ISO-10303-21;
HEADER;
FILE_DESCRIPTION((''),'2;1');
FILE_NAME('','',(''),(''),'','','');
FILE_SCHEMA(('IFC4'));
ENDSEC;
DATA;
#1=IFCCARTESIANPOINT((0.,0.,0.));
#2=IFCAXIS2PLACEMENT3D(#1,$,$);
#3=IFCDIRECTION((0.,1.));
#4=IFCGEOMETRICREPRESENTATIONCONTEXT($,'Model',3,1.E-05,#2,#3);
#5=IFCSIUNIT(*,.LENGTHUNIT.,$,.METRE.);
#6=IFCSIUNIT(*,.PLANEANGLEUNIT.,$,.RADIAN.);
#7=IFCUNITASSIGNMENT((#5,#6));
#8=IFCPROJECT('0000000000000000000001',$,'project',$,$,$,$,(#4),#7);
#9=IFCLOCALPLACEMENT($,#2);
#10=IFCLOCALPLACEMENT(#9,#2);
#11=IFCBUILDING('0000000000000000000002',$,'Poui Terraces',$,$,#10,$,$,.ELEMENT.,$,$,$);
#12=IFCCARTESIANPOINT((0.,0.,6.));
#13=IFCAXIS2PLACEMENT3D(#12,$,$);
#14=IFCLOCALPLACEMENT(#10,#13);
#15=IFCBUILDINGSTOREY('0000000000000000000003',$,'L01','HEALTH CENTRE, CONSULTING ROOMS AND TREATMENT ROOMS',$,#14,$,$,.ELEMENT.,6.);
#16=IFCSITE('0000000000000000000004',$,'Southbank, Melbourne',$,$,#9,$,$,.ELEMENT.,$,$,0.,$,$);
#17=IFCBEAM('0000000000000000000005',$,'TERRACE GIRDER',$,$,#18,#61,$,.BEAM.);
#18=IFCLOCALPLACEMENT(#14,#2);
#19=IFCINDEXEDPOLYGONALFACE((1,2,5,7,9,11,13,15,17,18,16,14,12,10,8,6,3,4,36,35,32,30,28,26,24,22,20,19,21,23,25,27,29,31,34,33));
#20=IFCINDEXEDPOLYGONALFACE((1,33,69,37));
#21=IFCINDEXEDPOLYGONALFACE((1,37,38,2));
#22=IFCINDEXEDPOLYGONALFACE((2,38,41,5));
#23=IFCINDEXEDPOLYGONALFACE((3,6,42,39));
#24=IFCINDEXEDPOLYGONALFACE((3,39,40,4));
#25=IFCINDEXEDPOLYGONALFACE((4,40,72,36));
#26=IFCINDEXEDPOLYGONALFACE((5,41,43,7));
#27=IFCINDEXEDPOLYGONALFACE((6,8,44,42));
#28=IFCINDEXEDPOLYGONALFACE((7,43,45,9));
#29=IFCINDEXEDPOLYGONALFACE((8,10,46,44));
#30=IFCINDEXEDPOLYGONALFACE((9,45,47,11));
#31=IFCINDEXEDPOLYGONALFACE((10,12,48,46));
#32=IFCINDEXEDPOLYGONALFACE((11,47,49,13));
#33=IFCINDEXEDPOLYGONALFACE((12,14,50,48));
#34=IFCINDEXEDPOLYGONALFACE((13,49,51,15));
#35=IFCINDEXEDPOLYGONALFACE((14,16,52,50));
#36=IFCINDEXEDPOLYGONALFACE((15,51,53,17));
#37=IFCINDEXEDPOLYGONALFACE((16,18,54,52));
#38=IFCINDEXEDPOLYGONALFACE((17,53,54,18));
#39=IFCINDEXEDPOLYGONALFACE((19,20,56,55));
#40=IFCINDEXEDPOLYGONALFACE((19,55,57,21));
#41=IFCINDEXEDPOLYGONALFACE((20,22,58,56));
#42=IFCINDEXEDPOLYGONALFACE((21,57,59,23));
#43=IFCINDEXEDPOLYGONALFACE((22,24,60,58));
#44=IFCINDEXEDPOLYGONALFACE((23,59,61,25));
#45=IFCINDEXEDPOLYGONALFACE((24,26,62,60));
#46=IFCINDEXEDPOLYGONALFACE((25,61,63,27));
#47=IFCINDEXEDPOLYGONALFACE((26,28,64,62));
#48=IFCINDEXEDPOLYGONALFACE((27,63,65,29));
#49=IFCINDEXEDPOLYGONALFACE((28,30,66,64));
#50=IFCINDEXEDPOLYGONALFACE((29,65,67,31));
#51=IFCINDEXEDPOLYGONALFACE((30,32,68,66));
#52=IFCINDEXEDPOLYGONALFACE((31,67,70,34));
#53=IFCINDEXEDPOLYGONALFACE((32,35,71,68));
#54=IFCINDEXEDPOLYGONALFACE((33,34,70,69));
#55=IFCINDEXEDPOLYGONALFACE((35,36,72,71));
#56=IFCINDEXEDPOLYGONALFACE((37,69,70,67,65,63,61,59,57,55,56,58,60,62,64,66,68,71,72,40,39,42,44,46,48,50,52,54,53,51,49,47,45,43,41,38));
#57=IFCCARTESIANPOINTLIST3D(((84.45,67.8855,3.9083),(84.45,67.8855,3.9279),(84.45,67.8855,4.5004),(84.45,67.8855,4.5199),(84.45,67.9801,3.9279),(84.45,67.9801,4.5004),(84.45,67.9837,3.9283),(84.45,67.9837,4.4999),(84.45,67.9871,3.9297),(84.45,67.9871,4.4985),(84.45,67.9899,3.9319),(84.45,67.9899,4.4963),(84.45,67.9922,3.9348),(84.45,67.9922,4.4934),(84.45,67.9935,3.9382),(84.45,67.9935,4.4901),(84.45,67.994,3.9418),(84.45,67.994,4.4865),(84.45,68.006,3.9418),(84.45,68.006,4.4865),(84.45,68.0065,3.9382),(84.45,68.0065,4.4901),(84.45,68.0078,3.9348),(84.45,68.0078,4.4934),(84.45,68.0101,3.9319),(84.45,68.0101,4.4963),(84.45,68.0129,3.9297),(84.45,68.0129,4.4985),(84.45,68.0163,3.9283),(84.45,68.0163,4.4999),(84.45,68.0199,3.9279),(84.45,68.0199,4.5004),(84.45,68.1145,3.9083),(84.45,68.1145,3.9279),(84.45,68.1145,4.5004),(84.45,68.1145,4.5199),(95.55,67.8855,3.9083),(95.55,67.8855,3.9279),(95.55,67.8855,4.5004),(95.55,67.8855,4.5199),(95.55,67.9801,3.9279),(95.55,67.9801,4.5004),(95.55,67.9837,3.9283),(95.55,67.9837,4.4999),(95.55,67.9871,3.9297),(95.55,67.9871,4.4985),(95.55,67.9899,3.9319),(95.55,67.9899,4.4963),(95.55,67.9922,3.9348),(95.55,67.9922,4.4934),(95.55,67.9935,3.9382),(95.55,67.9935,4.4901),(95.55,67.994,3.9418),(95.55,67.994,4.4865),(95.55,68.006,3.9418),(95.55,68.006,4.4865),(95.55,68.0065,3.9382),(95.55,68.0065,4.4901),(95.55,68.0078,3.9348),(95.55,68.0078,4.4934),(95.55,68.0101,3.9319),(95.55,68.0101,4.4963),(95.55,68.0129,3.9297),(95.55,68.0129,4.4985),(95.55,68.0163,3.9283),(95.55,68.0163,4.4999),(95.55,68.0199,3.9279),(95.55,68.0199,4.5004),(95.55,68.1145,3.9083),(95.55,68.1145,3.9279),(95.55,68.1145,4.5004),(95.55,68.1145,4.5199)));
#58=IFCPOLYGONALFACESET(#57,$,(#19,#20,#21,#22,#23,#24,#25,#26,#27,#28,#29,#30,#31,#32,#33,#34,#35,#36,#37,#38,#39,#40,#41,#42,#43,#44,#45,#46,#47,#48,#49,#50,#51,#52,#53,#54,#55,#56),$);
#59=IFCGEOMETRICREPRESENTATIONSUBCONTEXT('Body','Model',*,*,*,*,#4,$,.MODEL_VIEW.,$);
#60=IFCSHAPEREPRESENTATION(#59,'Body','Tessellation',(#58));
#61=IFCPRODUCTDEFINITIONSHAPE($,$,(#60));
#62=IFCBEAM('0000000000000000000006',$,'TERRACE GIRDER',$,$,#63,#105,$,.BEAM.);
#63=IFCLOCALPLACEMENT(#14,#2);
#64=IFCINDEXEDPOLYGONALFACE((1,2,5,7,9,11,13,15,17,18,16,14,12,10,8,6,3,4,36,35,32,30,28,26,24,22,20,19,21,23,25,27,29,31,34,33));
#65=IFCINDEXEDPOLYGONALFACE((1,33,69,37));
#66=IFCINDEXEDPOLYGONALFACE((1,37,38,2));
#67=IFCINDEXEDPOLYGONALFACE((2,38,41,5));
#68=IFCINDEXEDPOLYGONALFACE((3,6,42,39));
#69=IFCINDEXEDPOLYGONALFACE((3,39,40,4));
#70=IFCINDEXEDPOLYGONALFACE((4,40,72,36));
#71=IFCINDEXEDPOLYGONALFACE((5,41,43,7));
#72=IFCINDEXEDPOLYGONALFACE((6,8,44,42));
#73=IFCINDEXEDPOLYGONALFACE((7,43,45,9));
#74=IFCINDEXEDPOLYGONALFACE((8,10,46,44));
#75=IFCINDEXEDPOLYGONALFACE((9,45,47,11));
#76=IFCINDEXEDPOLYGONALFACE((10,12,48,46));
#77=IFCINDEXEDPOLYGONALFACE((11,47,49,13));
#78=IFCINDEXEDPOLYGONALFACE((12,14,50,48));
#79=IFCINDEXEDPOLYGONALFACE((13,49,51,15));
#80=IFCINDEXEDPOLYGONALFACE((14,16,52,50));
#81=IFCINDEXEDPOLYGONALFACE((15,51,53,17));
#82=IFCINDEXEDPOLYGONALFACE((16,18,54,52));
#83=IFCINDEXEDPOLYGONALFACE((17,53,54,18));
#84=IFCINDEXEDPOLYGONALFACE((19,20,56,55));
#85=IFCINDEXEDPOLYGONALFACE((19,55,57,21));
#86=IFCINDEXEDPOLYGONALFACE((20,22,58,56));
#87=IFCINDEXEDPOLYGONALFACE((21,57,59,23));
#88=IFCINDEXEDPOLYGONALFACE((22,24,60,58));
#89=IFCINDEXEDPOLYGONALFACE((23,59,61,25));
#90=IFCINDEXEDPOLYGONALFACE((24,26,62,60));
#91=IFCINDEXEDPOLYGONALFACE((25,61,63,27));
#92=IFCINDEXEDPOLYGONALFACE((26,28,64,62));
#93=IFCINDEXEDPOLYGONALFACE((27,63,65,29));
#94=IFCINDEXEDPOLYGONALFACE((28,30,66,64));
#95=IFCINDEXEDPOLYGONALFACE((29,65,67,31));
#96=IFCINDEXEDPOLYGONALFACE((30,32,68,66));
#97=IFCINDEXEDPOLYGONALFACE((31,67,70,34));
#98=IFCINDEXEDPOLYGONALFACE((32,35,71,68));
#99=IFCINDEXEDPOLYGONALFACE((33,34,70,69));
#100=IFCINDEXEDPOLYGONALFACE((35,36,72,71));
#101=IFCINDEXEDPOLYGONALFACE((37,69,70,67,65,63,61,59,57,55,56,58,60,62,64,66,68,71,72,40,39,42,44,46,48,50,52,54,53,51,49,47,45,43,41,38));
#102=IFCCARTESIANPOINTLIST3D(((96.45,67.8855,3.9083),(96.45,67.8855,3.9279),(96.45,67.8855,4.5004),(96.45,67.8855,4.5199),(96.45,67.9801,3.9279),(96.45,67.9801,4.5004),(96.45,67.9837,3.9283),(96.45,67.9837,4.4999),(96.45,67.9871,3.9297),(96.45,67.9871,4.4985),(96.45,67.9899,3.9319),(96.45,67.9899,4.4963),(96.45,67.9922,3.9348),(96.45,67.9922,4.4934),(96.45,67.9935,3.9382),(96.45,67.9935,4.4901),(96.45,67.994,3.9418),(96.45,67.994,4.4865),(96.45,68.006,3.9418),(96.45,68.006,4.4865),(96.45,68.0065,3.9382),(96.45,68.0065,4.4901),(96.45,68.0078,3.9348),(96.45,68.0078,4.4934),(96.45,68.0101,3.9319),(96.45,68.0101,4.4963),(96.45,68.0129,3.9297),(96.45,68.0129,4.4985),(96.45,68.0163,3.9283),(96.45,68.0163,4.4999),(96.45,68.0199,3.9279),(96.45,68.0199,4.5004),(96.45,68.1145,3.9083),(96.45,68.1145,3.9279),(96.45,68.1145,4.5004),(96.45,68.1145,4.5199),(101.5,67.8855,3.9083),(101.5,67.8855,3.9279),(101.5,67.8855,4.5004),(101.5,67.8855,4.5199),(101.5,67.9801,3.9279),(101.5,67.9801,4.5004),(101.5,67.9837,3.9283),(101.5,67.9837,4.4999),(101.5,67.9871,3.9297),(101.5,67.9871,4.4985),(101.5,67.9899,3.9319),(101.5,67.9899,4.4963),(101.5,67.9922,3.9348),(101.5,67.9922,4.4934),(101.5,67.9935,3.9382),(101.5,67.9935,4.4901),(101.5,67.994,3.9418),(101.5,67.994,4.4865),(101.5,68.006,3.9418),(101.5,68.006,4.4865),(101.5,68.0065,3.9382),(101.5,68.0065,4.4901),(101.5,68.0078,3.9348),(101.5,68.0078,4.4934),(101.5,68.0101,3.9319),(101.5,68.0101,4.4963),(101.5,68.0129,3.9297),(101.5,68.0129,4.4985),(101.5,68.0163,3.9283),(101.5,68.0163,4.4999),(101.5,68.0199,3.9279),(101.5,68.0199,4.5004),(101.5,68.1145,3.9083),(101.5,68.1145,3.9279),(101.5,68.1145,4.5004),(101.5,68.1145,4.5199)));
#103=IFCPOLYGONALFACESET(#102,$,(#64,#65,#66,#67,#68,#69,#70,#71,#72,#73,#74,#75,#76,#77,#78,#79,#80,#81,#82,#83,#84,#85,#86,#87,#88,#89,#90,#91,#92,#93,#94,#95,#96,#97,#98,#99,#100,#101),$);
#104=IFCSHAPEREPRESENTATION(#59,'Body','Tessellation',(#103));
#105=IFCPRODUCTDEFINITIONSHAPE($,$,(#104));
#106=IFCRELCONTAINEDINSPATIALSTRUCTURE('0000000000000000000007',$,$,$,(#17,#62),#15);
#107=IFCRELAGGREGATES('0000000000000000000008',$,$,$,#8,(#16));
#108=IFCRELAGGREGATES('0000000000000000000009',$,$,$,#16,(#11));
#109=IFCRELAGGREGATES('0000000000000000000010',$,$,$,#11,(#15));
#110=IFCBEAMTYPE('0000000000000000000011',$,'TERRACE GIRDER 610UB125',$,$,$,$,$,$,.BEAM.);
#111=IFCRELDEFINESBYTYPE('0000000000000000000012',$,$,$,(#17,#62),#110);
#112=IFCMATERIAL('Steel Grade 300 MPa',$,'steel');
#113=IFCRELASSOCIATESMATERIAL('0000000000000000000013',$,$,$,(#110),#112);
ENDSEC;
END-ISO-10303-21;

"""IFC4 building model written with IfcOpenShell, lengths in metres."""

from ifc_helpers import new_model, si_unit, direction, frame, origin, origin_2d, place, context, subcontext, project, spatial, i_section, extrude, source, transform, mapped, material, material_profile, profile_set, type_object, element, save


model = new_model("IFC4")

# Units and contexts
model_context = context("Model", 3, precision=1e-05, world=origin(), true_north=direction((0.0, 1.0)))
body_context = subcontext(model_context, "Body", "Model", "MODEL_VIEW")
ifc_project = project(units=[si_unit("LENGTHUNIT", "METRE"), si_unit("PLANEANGLEUNIT", "RADIAN")], contexts=[model_context])

# Site, building, storey
site_placement = place(None, origin())
site = spatial("IfcSite", under=ifc_project, at=site_placement, Name="Southbank, Melbourne", CompositionType="ELEMENT", RefElevation=0.0)
building_placement = place(site_placement, origin())
building = spatial("IfcBuilding", under=site, at=building_placement, Name="Poui Terraces", CompositionType="ELEMENT")
storey_placement = place(building_placement, frame((0.0, 0.0, 6.0)))
storey = spatial("IfcBuildingStorey", under=building, at=storey_placement, Name="L01", Description="HEALTH CENTRE, CONSULTING ROOMS AND TREATMENT ROOMS", CompositionType="ELEMENT", Elevation=6.0)

# Beams
ifc_material_1 = material(Name="Steel Grade 300 MPa", Category="steel")
ifc_material_profile_1 = material_profile(ifc_material_1, i_section(OverallWidth=0.229, OverallDepth=0.6116, WebThickness=0.012, FlangeThickness=0.0195, FilletRadius=0.0139, at=origin_2d()), Name="610UB125")
ifc_profile_set_1 = profile_set([ifc_material_profile_1], Name="Steel Grade 300 MPa")
beam_type_1 = type_object("IfcBeamType", Name="TERRACE GIRDER 610UB125", PredefinedType="BEAM", material=ifc_profile_set_1)
shared_shape_1 = source(origin(), body_context, "Body", "SweptSolid", [
    extrude(i_section(OverallWidth=0.229, OverallDepth=0.6116, WebThickness=0.012, FlangeThickness=0.0195, FilletRadius=0.0139, at=origin_2d()), origin(), (0.0, 0.0, 1.0), 11.1001),
])
beam_1_placement = place(storey_placement, frame((84.45, 68.0, 4.2141), z_axis=(1.0, 0.0, 0.0), x_axis=(0.0, 1.0, 0.0)))
element("IfcBeam", 1, at=beam_1_placement, inside=storey, type_object=beam_type_1, Name="TERRACE GIRDER", PredefinedType="BEAM", context=body_context, shape_type="MappedRepresentation", body=[
    mapped(shared_shape_1, transform((0.0, 0.0, 0.0))),
])
shared_shape_2 = source(origin(), body_context, "Body", "SweptSolid", [
    extrude(i_section(OverallWidth=0.229, OverallDepth=0.6116, WebThickness=0.012, FlangeThickness=0.0195, FilletRadius=0.0139, at=origin_2d()), origin(), (0.0, 0.0, 1.0), 5.05),
])
beam_2_placement = place(storey_placement, frame((96.45, 68.0, 4.2141), z_axis=(1.0, 0.0, 0.0), x_axis=(0.0, 1.0, 0.0)))
element("IfcBeam", 2, at=beam_2_placement, inside=storey, type_object=beam_type_1, Name="TERRACE GIRDER", PredefinedType="BEAM", context=body_context, shape_type="MappedRepresentation", body=[
    mapped(shared_shape_2, transform((0.0, 0.0, 0.0))),
])

save(model, "model.ifc")
